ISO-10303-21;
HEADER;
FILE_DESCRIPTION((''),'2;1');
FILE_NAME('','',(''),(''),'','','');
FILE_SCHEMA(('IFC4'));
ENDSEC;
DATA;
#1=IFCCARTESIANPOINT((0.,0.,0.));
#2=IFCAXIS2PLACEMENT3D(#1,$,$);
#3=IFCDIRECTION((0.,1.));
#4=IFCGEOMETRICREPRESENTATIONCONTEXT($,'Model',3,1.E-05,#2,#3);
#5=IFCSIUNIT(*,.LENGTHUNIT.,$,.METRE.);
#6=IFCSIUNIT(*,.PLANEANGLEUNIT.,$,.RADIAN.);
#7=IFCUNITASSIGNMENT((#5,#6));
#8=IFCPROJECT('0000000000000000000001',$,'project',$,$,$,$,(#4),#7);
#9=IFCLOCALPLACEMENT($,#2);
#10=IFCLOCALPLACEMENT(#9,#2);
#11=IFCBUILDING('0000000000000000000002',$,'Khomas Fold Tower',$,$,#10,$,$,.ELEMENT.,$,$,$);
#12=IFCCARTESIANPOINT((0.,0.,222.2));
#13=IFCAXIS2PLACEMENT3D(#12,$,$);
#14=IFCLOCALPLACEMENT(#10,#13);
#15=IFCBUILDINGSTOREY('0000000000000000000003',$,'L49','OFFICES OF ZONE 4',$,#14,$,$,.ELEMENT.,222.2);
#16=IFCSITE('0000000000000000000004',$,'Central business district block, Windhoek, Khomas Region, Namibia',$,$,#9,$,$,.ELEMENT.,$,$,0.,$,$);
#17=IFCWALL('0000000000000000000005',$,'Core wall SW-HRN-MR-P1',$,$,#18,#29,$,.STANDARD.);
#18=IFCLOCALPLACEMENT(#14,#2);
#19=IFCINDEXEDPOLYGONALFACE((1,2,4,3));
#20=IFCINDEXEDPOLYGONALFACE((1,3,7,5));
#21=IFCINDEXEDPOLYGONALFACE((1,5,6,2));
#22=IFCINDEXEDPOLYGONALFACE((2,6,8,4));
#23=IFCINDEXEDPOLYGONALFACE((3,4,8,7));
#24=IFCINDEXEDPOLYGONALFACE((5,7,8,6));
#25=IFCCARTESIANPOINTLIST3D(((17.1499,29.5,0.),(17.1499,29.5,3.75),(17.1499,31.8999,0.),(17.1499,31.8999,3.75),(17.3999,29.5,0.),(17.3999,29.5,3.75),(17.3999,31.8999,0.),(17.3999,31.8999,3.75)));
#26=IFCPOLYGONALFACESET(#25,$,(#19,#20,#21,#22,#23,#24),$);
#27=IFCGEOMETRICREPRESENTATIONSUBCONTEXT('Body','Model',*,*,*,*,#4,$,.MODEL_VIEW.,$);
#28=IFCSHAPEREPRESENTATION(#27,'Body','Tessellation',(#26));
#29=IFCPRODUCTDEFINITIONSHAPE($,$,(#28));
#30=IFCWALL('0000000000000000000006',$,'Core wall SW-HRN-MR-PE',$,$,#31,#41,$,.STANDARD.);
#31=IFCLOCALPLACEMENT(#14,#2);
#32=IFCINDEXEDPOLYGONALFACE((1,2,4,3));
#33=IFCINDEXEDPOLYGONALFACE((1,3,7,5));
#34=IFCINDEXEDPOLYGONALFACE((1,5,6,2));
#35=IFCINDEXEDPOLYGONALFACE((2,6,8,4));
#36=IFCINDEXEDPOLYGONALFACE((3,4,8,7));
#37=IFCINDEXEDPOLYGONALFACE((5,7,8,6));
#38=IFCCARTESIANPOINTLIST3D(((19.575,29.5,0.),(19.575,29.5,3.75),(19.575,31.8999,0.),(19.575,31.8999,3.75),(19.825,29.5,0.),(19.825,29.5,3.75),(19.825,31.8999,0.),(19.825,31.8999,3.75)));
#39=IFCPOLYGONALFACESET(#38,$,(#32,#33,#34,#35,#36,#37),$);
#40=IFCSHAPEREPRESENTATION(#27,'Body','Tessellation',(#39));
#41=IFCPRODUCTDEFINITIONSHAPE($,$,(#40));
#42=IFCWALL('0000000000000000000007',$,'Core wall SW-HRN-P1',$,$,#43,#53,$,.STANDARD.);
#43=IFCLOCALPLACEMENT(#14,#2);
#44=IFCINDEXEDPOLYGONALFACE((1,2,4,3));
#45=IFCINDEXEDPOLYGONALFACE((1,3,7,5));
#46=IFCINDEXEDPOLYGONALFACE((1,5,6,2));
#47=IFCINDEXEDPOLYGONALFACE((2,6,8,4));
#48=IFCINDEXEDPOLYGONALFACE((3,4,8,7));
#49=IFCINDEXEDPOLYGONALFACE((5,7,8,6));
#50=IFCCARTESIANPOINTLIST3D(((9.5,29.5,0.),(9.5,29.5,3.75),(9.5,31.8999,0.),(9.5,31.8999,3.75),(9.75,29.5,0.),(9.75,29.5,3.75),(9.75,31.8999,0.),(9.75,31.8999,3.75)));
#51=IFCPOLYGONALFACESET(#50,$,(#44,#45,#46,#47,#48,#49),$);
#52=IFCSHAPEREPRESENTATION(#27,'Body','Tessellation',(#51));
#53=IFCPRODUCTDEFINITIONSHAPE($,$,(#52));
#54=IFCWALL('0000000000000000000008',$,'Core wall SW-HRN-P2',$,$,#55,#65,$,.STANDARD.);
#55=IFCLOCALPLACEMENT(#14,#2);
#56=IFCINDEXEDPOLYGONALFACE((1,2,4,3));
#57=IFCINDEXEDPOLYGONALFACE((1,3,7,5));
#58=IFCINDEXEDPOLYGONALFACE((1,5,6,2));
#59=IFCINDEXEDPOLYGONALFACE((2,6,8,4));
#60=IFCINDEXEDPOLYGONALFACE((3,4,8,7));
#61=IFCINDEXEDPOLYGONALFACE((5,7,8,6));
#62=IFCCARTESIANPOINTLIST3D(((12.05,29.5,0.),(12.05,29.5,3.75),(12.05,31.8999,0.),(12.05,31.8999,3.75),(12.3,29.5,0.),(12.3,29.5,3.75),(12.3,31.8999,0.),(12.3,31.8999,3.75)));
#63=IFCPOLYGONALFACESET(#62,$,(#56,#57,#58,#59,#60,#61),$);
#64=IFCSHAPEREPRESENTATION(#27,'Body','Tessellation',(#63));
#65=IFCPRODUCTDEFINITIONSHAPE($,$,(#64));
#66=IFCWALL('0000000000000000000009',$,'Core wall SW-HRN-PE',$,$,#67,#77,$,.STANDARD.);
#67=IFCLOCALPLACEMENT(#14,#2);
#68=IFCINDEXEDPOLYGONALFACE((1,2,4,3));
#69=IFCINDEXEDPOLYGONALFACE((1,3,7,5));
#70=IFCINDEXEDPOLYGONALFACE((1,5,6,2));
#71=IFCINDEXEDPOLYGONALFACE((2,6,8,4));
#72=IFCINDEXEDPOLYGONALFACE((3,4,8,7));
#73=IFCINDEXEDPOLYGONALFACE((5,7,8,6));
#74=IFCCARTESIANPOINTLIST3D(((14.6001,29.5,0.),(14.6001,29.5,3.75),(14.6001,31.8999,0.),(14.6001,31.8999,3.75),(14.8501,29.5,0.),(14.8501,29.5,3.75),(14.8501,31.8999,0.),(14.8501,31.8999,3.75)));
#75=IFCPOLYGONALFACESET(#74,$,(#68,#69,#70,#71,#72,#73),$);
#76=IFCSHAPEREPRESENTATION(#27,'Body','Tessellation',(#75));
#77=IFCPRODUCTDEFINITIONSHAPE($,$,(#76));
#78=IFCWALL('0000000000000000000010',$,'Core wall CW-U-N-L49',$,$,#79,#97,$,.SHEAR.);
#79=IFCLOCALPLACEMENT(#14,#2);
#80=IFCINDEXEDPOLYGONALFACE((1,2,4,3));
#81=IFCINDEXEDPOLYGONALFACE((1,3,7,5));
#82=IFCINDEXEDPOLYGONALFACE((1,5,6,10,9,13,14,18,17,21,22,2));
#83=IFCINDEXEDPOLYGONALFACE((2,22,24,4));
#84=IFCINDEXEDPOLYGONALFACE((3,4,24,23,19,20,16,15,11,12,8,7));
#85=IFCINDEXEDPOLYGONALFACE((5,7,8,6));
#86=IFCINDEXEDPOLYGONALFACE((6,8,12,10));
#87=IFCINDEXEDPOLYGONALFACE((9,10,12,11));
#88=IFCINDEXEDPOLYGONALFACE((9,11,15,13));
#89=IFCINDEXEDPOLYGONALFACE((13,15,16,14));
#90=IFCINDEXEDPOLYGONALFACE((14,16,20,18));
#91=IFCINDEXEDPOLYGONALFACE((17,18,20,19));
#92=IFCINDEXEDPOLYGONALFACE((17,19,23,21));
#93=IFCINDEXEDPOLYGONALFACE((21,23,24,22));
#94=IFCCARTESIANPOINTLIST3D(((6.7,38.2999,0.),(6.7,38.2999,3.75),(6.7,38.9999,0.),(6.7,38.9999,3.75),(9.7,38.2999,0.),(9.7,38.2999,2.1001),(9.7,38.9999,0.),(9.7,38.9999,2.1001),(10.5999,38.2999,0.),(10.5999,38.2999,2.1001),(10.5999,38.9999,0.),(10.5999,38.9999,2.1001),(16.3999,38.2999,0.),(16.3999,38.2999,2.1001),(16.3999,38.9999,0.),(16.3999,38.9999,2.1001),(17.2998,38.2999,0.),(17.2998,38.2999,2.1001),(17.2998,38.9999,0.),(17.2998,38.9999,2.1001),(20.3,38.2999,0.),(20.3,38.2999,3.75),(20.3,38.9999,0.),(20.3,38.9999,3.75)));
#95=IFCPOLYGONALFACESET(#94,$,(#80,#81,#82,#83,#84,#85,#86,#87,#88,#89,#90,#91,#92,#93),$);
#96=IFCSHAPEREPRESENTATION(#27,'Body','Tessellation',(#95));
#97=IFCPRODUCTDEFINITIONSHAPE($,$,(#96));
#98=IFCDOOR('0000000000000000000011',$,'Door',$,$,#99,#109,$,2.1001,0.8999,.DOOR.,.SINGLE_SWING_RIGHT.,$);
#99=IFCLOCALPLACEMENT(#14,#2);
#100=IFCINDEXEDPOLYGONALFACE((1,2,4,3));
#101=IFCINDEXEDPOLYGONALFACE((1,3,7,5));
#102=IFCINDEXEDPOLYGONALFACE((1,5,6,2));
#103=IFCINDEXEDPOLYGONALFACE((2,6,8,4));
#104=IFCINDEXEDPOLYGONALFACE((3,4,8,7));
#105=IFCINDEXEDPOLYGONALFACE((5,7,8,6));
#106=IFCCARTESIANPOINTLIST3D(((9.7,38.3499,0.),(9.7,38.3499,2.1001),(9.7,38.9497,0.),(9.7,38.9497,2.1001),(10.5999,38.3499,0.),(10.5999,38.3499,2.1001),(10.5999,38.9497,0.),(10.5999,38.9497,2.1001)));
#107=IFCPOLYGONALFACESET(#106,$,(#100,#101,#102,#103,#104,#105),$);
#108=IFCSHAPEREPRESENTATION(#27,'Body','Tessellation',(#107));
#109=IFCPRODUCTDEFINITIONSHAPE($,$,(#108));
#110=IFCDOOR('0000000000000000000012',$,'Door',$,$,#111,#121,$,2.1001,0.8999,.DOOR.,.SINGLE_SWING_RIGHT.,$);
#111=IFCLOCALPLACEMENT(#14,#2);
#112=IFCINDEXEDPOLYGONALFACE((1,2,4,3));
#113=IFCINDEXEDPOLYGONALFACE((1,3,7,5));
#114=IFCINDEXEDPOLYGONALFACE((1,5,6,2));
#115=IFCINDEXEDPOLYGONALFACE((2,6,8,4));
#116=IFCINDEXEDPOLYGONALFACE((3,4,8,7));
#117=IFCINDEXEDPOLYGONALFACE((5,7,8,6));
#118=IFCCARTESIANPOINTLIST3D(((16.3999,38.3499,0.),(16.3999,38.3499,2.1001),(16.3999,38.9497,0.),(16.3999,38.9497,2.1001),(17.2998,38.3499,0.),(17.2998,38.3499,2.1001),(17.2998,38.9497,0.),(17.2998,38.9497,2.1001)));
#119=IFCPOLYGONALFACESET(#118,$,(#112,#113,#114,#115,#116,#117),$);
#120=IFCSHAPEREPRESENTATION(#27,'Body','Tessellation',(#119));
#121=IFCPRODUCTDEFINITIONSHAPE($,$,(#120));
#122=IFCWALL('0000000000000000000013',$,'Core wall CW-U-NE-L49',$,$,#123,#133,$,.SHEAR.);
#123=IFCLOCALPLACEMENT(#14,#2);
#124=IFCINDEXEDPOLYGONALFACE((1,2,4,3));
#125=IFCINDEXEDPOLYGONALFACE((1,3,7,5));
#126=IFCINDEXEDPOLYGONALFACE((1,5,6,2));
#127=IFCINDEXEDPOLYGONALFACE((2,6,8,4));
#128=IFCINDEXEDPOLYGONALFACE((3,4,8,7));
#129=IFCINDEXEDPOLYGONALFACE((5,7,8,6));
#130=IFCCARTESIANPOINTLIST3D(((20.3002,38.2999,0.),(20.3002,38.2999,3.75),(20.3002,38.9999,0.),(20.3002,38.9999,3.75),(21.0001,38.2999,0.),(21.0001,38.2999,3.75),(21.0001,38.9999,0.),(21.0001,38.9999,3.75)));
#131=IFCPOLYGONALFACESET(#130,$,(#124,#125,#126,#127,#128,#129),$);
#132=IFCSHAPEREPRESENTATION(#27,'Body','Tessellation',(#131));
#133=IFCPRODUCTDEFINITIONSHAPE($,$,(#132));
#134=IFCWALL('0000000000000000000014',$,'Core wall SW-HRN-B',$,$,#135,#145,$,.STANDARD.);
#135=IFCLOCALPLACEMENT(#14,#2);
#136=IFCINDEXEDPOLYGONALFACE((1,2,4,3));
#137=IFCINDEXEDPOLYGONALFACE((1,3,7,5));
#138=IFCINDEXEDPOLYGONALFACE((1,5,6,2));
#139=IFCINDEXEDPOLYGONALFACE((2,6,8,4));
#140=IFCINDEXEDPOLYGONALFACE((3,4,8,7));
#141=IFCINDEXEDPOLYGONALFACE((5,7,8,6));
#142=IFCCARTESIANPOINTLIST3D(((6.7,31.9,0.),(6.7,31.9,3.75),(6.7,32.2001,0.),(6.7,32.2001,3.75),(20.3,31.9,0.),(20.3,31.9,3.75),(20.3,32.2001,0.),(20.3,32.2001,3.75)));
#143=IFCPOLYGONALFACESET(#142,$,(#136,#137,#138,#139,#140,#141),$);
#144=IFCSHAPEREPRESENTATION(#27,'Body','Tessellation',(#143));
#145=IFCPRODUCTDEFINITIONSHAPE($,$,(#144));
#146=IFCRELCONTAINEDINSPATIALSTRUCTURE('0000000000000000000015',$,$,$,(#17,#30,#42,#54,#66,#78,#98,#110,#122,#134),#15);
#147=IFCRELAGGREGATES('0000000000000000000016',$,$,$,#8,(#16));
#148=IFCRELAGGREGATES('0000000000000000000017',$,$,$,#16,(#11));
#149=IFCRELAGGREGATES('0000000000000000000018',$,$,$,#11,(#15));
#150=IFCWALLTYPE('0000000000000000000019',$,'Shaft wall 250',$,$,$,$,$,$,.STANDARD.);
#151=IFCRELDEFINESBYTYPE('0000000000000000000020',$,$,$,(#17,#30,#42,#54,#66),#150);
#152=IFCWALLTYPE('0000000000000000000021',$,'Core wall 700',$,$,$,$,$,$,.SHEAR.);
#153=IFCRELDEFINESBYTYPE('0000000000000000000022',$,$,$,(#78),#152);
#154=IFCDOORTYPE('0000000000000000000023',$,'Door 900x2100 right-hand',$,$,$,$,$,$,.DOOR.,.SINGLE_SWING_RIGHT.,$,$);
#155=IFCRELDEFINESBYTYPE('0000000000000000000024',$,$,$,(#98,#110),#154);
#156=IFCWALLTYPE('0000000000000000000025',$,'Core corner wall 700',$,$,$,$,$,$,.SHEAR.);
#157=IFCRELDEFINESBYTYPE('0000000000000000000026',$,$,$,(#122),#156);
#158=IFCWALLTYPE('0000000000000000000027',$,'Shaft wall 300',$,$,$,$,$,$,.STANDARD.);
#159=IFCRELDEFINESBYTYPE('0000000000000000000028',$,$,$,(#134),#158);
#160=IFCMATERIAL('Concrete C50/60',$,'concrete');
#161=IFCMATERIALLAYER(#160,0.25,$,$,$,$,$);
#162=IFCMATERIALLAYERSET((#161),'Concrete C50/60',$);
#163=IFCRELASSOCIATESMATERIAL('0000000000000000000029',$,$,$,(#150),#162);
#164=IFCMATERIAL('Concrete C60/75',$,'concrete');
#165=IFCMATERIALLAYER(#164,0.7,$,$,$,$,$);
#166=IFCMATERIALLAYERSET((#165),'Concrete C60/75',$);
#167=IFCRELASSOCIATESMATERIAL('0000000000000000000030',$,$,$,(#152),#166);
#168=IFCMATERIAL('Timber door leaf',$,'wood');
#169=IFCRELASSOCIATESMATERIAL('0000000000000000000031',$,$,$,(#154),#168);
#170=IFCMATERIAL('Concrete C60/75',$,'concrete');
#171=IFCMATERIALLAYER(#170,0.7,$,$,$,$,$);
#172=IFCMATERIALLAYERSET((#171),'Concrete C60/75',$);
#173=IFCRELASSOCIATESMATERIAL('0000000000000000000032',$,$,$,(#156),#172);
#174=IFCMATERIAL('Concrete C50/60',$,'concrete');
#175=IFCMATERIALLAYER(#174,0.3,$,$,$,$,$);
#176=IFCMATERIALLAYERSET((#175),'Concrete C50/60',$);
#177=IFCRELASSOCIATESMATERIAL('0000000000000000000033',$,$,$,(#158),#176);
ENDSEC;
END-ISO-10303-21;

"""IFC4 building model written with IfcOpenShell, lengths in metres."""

from ifc_helpers import new_model, si_unit, direction, frame, frame_2d, origin, place, context, subcontext, project, spatial, rectangle, extrude, source, transform, mapped, material, layer, layer_set, type_object, element, fill, save


model = new_model("IFC4")

# Units and contexts
model_context = context("Model", 3, precision=1e-05, world=origin(), true_north=direction((0.0, 1.0)))
body_context = subcontext(model_context, "Body", "Model", "MODEL_VIEW")
ifc_project = project(units=[si_unit("LENGTHUNIT", "METRE"), si_unit("PLANEANGLEUNIT", "RADIAN")], contexts=[model_context])

# Site, building, storey
site_placement = place(None, origin())
site = spatial("IfcSite", under=ifc_project, at=site_placement, Name="Central business district block, Windhoek, Khomas Region, Namibia", CompositionType="ELEMENT", RefElevation=0.0)
building_placement = place(site_placement, origin())
building = spatial("IfcBuilding", under=site, at=building_placement, Name="Khomas Fold Tower", CompositionType="ELEMENT")
storey_placement = place(building_placement, frame((0.0, 0.0, 222.2)))
storey = spatial("IfcBuildingStorey", under=building, at=storey_placement, Name="L49", Description="OFFICES OF ZONE 4", CompositionType="ELEMENT", Elevation=222.2)

# Walls
ifc_material_1 = material(Name="Concrete C50/60", Category="concrete")
ifc_layer_1 = layer(ifc_material_1, 0.25)
ifc_layer_set_1 = layer_set([ifc_layer_1], Name="Concrete C50/60")
wall_type_1 = type_object("IfcWallType", Name="Shaft wall 250", PredefinedType="STANDARD", material=ifc_layer_set_1)
shared_shape_1 = source(origin(), body_context, "Body", "SweptSolid", [
    extrude(rectangle(XDim=2.3999, YDim=0.25, at=frame_2d((1.2, 0.0))), origin(), (0.0, 0.0, 1.0), 3.75),
])
for number, where, z_axis, x_axis, name in (
    (1, (17.2749, 29.5, 0.0), (0.0, 0.0, 1.0), (0.0, 1.0, 0.0), "Core wall SW-HRN-MR-P1"),
    (2, (19.7, 29.5, 0.0), (0.0, 0.0, 1.0), (0.0, 1.0, 0.0), "Core wall SW-HRN-MR-PE"),
    (3, (9.625, 29.5, 0.0), (0.0, 0.0, 1.0), (0.0, 1.0, 0.0), "Core wall SW-HRN-P1"),
    (4, (12.175, 29.5, 0.0), (0.0, 0.0, 1.0), (0.0, 1.0, 0.0), "Core wall SW-HRN-P2"),
    (5, (14.7251, 29.5, 0.0), (0.0, 0.0, 1.0), (0.0, 1.0, 0.0), "Core wall SW-HRN-PE"),
):
    element("IfcWall", number, at=place(storey_placement, frame(where, z_axis=z_axis, x_axis=x_axis)), inside=storey, type_object=wall_type_1, Name=name, PredefinedType="STANDARD", context=body_context, shape_type="MappedRepresentation", body=[
        mapped(shared_shape_1, transform((0.0, 0.0, 0.0))),
    ])

# Wall, openings, doors
ifc_material_2 = material(Name="Concrete C60/75", Category="concrete")
ifc_layer_2 = layer(ifc_material_2, 0.7)
ifc_layer_set_2 = layer_set([ifc_layer_2], Name="Concrete C60/75")
wall_type_2 = type_object("IfcWallType", Name="Core wall 700", PredefinedType="SHEAR", material=ifc_layer_set_2)
shared_shape_2 = source(origin(), body_context, "Body", "SweptSolid", [
    extrude(rectangle(XDim=13.6001, YDim=0.7, at=frame_2d((6.8, 0.0))), origin(), (0.0, 0.0, 1.0), 3.75),
])
wall_1_placement = place(storey_placement, frame((6.7, 38.6499, 0.0), z_axis=(0.0, 0.0, 1.0), x_axis=(1.0, 0.0, 0.0)))
wall_1 = element("IfcWall", 6, at=wall_1_placement, inside=storey, type_object=wall_type_2, Name="Core wall CW-U-N-L49", PredefinedType="SHEAR", context=body_context, shape_type="MappedRepresentation", body=[
    mapped(shared_shape_2, transform((0.0, 0.0, 0.0))),
])
shared_shape_3 = source(origin(), body_context, "Body", "SweptSolid", [
    extrude(rectangle(XDim=0.8999, YDim=2.1001, at=frame_2d((0.45, 1.05))), frame((0.0, 0.3599, 0.0), z_axis=(0.0, -1.0, 0.0), x_axis=(1.0, 0.0, 0.0)), (0.0, 0.0, 1.0), 0.72),
])
opening_1_placement = place(wall_1_placement, frame((3.0, 0.0, 0.0)))
opening_1 = element("IfcOpeningElement", 7, at=opening_1_placement, cuts=wall_1, PredefinedType="OPENING", context=body_context, shape_type="MappedRepresentation", body=[
    mapped(shared_shape_3, transform((0.0, 0.0, 0.0))),
])
opening_2_placement = place(wall_1_placement, frame((9.7, 0.0, 0.0)))
opening_2 = element("IfcOpeningElement", 8, at=opening_2_placement, cuts=wall_1, PredefinedType="OPENING", context=body_context, shape_type="MappedRepresentation", body=[
    mapped(shared_shape_3, transform((0.0, 0.0, 0.0))),
])
ifc_material_3 = material(Name="Timber door leaf", Category="wood")
door_type_1 = type_object("IfcDoorType", Name="Door 900x2100 right-hand", OperationType="SINGLE_SWING_RIGHT", PredefinedType="DOOR", material=ifc_material_3)
shared_shape_4 = source(origin(), body_context, "Body", "SweptSolid", [
    extrude(rectangle(XDim=0.8999, YDim=2.1001, at=frame_2d((0.45, 1.05))), frame((0.0, 0.2998, 0.0), z_axis=(0.0, -1.0, 0.0), x_axis=(1.0, 0.0, 0.0)), (0.0, 0.0, 1.0), 0.5999),
])
door_1_placement = place(opening_1_placement, origin())
door_1 = element("IfcDoor", 9, at=door_1_placement, inside=storey, type_object=door_type_1, Name="Door", OperationType="SINGLE_SWING_RIGHT", OverallHeight=2.1001, OverallWidth=0.8999, PredefinedType="DOOR", context=body_context, shape_type="MappedRepresentation", body=[
    mapped(shared_shape_4, transform((0.0, 0.0, 0.0))),
])
fill(opening_1, door_1)
door_2_placement = place(opening_2_placement, origin())
door_2 = element("IfcDoor", 10, at=door_2_placement, inside=storey, type_object=door_type_1, Name="Door", OperationType="SINGLE_SWING_RIGHT", OverallHeight=2.1001, OverallWidth=0.8999, PredefinedType="DOOR", context=body_context, shape_type="MappedRepresentation", body=[
    mapped(shared_shape_4, transform((0.0, 0.0, 0.0))),
])
fill(opening_2, door_2)

# Walls
ifc_material_4 = material(Name="Concrete C60/75", Category="concrete")
ifc_layer_3 = layer(ifc_material_4, 0.7)
ifc_layer_set_3 = layer_set([ifc_layer_3], Name="Concrete C60/75")
wall_type_3 = type_object("IfcWallType", Name="Core corner wall 700", PredefinedType="SHEAR", material=ifc_layer_set_3)
shared_shape_5 = source(origin(), body_context, "Body", "SweptSolid", [
    extrude(rectangle(XDim=0.7, YDim=0.7, at=frame_2d((0.3501, 0.0))), origin(), (0.0, 0.0, 1.0), 3.75),
])
wall_2_placement = place(storey_placement, frame((20.3, 38.6499, 0.0), z_axis=(0.0, 0.0, 1.0), x_axis=(1.0, 0.0, 0.0)))
element("IfcWall", 11, at=wall_2_placement, inside=storey, type_object=wall_type_3, Name="Core wall CW-U-NE-L49", PredefinedType="SHEAR", context=body_context, shape_type="MappedRepresentation", body=[
    mapped(shared_shape_5, transform((0.0, 0.0, 0.0))),
])
ifc_material_5 = material(Name="Concrete C50/60", Category="concrete")
ifc_layer_4 = layer(ifc_material_5, 0.3)
ifc_layer_set_4 = layer_set([ifc_layer_4], Name="Concrete C50/60")
wall_type_4 = type_object("IfcWallType", Name="Shaft wall 300", PredefinedType="STANDARD", material=ifc_layer_set_4)
shared_shape_6 = source(origin(), body_context, "Body", "SweptSolid", [
    extrude(rectangle(XDim=13.6001, YDim=0.3, at=frame_2d((6.8, 0.0))), origin(), (0.0, 0.0, 1.0), 3.75),
])
wall_3_placement = place(storey_placement, frame((6.7, 32.05, 0.0), z_axis=(0.0, 0.0, 1.0), x_axis=(1.0, 0.0, 0.0)))
element("IfcWall", 12, at=wall_3_placement, inside=storey, type_object=wall_type_4, Name="Core wall SW-HRN-B", PredefinedType="STANDARD", context=body_context, shape_type="MappedRepresentation", body=[
    mapped(shared_shape_6, transform((0.0, 0.0, 0.0))),
])

save(model, "model.ifc")
